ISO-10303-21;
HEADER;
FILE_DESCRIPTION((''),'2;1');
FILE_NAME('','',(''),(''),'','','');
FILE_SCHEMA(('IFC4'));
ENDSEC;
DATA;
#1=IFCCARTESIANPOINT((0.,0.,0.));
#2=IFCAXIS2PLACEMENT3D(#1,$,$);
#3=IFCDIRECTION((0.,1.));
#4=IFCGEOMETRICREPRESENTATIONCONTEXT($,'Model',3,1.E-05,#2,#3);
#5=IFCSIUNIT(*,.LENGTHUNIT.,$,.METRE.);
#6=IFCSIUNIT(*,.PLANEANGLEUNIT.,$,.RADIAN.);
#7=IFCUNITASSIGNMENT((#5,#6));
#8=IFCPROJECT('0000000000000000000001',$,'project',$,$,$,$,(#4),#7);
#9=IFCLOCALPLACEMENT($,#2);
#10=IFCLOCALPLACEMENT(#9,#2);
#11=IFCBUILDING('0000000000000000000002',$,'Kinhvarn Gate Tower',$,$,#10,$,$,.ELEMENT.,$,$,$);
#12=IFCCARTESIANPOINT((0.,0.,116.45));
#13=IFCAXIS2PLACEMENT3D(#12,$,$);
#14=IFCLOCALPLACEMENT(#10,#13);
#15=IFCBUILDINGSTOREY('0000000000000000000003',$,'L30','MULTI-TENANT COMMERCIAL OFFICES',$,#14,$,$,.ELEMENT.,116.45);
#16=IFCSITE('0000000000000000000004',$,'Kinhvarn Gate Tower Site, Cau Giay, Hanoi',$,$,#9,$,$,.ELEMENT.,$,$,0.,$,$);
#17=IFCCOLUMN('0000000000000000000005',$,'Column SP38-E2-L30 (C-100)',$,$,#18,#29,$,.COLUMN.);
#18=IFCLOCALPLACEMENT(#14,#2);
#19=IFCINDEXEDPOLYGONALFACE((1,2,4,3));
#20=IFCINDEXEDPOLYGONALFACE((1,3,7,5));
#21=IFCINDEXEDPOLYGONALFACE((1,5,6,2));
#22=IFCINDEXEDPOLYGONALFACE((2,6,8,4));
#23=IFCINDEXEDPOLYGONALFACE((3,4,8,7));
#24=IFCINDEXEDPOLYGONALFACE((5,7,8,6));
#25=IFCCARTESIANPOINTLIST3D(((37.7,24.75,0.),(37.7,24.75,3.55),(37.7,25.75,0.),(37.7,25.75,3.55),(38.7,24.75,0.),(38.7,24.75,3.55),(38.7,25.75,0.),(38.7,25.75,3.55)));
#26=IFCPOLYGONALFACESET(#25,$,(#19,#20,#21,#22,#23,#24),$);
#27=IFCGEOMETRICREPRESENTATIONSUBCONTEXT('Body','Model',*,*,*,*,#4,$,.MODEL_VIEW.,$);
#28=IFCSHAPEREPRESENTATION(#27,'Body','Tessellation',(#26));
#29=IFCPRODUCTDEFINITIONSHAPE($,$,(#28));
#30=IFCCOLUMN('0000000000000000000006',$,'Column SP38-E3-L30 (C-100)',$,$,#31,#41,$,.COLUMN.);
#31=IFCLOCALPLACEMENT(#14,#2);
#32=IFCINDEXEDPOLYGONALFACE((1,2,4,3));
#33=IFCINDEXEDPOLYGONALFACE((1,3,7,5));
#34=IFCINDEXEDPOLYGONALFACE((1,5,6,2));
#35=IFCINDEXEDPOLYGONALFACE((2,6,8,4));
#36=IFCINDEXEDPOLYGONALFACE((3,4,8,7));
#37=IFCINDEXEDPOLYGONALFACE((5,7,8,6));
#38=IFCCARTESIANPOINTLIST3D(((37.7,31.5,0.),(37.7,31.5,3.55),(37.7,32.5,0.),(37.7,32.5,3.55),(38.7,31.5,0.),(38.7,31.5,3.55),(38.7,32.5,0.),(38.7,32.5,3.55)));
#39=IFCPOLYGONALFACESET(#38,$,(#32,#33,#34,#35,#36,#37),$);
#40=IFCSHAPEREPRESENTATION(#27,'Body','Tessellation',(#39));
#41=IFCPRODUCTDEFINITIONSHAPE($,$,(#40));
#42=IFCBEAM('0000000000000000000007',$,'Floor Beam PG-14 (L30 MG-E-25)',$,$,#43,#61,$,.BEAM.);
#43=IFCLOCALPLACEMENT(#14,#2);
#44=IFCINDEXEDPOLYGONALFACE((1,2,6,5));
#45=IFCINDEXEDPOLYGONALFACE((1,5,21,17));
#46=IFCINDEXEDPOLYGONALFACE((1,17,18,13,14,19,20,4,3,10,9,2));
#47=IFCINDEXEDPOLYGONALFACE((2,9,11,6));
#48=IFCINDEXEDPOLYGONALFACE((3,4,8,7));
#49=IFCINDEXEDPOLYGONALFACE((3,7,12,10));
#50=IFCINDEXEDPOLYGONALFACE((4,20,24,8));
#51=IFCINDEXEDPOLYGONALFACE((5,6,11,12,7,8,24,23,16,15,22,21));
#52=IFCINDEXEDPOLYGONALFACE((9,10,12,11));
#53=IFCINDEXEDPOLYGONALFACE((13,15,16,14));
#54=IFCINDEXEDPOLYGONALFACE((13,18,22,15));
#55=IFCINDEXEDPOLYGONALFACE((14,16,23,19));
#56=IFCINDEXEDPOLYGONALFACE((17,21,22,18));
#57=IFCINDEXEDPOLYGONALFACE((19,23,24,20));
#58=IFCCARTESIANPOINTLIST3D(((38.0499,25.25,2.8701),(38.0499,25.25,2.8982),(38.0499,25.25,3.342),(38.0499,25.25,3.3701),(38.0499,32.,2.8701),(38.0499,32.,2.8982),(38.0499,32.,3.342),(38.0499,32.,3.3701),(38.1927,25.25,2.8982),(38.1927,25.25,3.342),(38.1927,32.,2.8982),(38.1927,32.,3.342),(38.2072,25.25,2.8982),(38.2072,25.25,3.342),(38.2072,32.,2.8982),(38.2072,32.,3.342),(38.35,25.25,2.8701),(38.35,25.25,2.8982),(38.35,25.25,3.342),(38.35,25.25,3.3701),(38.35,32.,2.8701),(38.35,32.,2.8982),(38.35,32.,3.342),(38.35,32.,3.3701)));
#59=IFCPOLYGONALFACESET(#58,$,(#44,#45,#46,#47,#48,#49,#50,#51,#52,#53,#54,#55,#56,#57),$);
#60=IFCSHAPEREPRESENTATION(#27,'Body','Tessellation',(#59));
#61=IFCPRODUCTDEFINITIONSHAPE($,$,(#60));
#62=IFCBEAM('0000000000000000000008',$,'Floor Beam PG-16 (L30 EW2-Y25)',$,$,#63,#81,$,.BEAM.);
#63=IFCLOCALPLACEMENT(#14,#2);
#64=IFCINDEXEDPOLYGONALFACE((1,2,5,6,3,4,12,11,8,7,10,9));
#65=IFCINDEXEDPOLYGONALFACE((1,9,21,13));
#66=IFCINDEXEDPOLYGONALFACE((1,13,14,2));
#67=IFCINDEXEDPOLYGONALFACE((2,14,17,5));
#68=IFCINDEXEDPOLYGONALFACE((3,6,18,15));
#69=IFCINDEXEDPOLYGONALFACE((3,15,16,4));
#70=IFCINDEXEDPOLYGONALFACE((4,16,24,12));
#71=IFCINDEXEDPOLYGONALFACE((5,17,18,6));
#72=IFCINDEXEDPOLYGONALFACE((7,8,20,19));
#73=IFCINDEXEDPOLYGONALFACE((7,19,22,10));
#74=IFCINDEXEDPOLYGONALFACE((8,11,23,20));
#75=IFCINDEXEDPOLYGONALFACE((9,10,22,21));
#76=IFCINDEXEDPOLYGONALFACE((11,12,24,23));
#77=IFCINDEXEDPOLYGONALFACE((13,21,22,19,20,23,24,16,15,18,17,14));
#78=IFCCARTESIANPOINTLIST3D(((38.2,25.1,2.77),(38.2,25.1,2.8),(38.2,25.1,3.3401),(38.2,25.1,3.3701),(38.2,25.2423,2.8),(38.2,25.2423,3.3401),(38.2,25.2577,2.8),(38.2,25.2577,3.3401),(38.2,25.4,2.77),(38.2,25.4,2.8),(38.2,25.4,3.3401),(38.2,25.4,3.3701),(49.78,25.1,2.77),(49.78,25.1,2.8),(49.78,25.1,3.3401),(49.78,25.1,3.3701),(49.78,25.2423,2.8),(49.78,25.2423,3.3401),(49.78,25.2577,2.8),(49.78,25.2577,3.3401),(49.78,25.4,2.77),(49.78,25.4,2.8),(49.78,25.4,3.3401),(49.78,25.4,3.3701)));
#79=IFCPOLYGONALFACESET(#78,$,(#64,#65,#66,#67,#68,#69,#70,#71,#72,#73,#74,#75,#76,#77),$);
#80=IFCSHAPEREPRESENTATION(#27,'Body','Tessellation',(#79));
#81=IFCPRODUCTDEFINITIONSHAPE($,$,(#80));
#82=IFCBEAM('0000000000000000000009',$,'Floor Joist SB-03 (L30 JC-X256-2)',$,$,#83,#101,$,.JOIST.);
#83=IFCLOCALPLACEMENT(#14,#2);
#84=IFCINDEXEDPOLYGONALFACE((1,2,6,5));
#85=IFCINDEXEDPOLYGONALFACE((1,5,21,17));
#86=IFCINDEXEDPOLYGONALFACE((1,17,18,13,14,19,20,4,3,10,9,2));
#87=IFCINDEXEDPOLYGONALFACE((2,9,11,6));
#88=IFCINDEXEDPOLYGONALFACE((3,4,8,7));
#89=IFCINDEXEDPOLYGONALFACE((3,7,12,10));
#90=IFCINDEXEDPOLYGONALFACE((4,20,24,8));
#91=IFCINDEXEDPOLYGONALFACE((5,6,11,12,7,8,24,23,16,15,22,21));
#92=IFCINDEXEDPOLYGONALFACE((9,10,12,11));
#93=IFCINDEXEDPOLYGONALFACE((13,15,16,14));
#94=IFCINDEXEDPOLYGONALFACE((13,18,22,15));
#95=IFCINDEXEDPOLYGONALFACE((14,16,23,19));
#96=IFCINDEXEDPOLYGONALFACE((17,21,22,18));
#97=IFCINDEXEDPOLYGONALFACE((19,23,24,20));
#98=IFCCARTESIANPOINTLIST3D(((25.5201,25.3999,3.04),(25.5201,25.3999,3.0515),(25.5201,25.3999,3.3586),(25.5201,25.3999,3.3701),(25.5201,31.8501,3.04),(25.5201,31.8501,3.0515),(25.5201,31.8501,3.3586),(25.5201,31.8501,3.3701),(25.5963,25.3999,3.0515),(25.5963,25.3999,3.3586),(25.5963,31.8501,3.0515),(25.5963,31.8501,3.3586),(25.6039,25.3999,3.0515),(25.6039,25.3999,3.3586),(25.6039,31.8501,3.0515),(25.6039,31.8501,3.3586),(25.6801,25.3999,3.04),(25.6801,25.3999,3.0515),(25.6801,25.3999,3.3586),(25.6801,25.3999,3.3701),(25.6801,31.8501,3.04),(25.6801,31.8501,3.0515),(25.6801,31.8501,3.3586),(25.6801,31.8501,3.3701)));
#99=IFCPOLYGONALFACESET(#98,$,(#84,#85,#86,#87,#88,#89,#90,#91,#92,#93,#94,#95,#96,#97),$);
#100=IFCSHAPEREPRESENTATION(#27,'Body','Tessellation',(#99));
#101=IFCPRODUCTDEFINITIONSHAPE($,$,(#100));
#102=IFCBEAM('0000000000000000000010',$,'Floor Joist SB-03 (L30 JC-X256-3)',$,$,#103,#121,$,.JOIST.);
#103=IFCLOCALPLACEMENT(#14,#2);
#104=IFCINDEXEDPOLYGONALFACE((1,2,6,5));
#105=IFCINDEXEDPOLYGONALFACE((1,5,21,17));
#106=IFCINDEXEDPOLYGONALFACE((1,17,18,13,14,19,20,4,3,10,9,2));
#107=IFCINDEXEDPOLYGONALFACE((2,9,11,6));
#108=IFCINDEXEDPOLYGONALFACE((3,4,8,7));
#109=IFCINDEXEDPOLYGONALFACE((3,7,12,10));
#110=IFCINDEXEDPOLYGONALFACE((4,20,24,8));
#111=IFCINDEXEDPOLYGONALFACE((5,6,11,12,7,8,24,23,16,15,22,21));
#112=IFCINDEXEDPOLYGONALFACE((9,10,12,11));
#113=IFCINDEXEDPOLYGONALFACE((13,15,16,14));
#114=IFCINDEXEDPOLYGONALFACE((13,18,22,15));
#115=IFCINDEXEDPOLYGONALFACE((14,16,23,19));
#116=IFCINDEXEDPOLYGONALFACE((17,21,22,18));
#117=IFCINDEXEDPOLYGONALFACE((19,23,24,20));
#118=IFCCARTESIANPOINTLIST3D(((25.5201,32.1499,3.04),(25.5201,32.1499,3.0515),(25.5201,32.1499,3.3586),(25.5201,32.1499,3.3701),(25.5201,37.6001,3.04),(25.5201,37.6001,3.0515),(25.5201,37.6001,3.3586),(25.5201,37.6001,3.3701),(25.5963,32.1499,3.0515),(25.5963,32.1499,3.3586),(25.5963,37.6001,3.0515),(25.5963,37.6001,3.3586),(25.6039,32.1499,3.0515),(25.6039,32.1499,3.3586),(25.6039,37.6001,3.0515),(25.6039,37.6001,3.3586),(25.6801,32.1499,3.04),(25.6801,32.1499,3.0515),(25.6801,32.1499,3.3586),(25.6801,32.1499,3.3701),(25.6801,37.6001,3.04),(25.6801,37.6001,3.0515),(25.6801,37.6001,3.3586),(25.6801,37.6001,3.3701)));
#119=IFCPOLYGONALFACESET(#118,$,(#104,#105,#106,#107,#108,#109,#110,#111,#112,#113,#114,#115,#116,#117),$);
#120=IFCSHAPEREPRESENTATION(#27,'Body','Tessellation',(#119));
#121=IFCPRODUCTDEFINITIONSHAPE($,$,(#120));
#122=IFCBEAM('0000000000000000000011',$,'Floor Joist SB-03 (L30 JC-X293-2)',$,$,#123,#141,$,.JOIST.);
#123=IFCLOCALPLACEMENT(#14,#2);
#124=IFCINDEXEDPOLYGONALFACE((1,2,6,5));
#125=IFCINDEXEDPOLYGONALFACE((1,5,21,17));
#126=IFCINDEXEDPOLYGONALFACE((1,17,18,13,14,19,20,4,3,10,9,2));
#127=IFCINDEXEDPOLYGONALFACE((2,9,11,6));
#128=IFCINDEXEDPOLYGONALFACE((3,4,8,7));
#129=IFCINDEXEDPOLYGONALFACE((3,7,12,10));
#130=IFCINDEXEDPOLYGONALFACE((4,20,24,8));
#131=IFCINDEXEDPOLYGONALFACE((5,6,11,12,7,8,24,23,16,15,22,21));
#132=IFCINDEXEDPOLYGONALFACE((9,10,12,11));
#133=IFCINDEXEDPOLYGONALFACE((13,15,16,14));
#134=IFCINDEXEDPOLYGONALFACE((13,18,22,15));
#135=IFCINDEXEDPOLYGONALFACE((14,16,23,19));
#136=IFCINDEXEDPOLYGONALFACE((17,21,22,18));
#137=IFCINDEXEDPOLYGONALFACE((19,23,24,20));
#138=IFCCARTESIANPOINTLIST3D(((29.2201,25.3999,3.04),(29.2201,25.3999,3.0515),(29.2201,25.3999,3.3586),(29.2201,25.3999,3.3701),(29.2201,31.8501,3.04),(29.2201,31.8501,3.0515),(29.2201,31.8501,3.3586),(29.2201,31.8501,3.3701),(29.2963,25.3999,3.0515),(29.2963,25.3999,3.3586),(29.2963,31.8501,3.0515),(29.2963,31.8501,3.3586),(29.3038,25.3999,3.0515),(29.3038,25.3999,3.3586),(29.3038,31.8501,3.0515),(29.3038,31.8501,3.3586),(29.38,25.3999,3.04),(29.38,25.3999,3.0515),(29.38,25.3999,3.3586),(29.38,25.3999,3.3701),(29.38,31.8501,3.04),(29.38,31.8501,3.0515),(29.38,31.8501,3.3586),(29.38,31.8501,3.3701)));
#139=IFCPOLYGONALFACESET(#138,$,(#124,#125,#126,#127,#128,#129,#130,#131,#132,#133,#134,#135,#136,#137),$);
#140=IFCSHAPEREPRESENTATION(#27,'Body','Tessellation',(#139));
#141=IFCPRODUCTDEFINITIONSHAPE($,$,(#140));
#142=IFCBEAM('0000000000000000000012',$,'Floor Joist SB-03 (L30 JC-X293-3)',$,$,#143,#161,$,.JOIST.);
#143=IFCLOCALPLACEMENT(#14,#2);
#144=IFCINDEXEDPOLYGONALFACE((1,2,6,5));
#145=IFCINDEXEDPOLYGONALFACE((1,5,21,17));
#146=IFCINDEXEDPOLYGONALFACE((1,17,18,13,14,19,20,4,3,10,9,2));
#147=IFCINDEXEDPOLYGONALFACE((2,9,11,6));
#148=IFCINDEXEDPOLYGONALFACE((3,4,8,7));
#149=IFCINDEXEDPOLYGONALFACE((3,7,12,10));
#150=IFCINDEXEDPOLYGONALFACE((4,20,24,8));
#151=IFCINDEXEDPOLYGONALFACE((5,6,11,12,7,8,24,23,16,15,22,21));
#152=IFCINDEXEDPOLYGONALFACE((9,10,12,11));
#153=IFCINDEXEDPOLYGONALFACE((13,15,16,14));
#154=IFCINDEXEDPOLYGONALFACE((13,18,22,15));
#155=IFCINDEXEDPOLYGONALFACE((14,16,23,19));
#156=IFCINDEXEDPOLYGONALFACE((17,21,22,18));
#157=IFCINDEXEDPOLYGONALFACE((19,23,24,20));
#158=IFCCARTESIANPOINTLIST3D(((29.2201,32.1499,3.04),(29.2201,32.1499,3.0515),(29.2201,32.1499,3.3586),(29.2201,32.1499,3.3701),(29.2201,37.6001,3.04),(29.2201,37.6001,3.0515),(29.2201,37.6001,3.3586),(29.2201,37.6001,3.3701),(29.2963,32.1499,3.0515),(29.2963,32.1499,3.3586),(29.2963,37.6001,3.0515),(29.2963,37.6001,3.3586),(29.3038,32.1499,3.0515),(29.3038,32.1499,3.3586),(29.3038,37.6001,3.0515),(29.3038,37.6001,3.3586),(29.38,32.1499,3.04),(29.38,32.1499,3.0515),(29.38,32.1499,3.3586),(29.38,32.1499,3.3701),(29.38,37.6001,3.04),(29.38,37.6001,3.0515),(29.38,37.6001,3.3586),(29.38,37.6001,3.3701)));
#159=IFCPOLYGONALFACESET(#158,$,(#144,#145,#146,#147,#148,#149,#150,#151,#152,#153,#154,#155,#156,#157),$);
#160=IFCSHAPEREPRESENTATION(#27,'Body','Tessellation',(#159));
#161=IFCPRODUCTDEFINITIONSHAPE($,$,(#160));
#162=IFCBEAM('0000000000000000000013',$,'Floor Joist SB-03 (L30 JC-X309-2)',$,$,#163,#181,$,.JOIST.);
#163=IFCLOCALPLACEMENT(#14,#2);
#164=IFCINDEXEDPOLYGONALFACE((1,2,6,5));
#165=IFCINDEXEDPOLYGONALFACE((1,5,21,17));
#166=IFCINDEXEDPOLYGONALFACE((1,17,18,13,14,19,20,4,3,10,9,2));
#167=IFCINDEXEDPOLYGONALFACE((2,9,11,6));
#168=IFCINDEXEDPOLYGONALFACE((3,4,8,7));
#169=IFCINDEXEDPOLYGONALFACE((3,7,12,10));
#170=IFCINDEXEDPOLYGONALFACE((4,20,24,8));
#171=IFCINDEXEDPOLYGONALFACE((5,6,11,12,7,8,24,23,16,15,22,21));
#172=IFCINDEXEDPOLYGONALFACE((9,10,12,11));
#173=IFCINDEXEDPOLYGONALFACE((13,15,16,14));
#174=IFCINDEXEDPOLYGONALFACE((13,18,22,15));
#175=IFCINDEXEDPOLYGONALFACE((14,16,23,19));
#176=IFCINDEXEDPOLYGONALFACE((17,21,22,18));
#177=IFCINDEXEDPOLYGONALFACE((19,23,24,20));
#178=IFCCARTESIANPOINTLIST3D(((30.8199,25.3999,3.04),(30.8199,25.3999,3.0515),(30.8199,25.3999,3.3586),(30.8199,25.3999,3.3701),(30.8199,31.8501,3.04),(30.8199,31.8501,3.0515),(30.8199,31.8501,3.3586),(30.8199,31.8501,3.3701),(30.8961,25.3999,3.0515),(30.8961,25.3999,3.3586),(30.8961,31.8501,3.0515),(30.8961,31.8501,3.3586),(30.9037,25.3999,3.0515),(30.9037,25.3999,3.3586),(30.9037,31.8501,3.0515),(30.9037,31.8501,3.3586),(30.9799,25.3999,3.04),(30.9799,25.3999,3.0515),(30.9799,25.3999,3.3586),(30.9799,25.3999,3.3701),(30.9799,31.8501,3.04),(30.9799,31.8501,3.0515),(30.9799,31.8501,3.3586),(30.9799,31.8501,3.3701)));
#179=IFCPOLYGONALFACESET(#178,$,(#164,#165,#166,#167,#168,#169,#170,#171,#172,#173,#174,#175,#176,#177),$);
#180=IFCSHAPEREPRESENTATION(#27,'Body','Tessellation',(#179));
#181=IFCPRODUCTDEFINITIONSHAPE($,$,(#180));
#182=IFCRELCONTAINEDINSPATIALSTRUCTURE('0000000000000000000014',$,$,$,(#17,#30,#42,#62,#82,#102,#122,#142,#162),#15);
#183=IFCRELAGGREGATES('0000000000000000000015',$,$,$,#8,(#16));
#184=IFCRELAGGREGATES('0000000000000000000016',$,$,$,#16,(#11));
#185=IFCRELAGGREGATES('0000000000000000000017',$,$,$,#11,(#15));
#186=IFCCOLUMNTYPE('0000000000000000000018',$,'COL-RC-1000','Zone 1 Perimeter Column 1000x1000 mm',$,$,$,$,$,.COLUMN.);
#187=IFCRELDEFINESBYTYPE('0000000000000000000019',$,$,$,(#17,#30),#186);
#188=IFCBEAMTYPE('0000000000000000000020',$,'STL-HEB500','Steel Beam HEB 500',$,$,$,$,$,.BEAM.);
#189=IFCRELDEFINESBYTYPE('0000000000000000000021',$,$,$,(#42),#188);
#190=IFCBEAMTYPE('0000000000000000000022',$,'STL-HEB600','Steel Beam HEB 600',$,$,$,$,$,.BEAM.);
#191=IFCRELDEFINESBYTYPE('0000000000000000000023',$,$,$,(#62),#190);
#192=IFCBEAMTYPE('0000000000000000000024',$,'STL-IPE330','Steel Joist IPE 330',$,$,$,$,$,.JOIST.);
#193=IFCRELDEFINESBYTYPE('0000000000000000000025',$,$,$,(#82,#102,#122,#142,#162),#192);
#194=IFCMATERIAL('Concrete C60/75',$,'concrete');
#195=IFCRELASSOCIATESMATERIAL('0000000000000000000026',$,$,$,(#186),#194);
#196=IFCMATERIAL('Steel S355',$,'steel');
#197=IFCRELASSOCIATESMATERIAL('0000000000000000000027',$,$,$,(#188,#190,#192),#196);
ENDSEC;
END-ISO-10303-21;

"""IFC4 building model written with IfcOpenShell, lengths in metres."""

from ifc_helpers import new_model, si_unit, direction, frame, origin, origin_2d, place, context, subcontext, project, spatial, rectangle, i_section, extrude, material, material_profile, profile_set, type_object, element, save


model = new_model("IFC4")

# Units and contexts
model_context = context("Model", 3, precision=1e-05, world=origin(), true_north=direction((0.0, 1.0)))
body_context = subcontext(model_context, "Body", "Model", "MODEL_VIEW")
ifc_project = project(units=[si_unit("LENGTHUNIT", "METRE"), si_unit("PLANEANGLEUNIT", "RADIAN")], contexts=[model_context])

# Site, building, storey
site_placement = place(None, origin())
site = spatial("IfcSite", under=ifc_project, at=site_placement, Name="Kinhvarn Gate Tower Site, Cau Giay, Hanoi", CompositionType="ELEMENT", RefElevation=0.0)
building_placement = place(site_placement, origin())
building = spatial("IfcBuilding", under=site, at=building_placement, Name="Kinhvarn Gate Tower", CompositionType="ELEMENT")
storey_placement = place(building_placement, frame((0.0, 0.0, 116.45)))
storey = spatial("IfcBuildingStorey", under=building, at=storey_placement, Name="L30", Description="MULTI-TENANT COMMERCIAL OFFICES", CompositionType="ELEMENT", Elevation=116.45)

# Columns
ifc_material_1 = material(Name="Concrete C60/75", Category="concrete")
ifc_material_profile_1 = material_profile(ifc_material_1, rectangle(XDim=1.0, YDim=1.0, at=origin_2d()), Name="RC 1000x1000")
ifc_profile_set_1 = profile_set([ifc_material_profile_1], Name="Concrete C60/75")
column_type = type_object("IfcColumnType", Name="COL-RC-1000", Description="Zone 1 Perimeter Column 1000x1000 mm", PredefinedType="COLUMN", material=ifc_profile_set_1)
for number, where, z_axis, x_axis, name in (
    (1, (38.2, 25.25, 0.0), (0.0, 0.0, 1.0), (1.0, 0.0, 0.0), "Column SP38-E2-L30 (C-100)"),
    (2, (38.2, 32.0, 0.0), (0.0, 0.0, 1.0), (1.0, 0.0, 0.0), "Column SP38-E3-L30 (C-100)"),
):
    element("IfcColumn", number, at=place(storey_placement, frame(where, z_axis=z_axis, x_axis=x_axis)), inside=storey, type_object=column_type, Name=name, PredefinedType="COLUMN", context=body_context, shape_type="SweptSolid", body=[
        extrude(rectangle(XDim=1.0, YDim=1.0, at=origin_2d()), origin(), (0.0, 0.0, 1.0), 3.55),
    ])

# Beams
ifc_material_2 = material(Name="Steel S355", Category="steel")
ifc_material_profile_2 = material_profile(ifc_material_2, i_section(OverallWidth=0.3, OverallDepth=0.5, WebThickness=0.0144, FlangeThickness=0.0281, at=origin_2d()), Name="HEB 500")
ifc_profile_set_2 = profile_set([ifc_material_profile_2], Name="Steel S355")
beam_type_1 = type_object("IfcBeamType", Name="STL-HEB500", Description="Steel Beam HEB 500", PredefinedType="BEAM", material=ifc_profile_set_2)
beam_1_placement = place(storey_placement, frame((38.2, 25.25, 3.1201), z_axis=(0.0, 1.0, 0.0), x_axis=(-1.0, 0.0, 0.0)))
element("IfcBeam", 3, at=beam_1_placement, inside=storey, type_object=beam_type_1, Name="Floor Beam PG-14 (L30 MG-E-25)", PredefinedType="BEAM", context=body_context, shape_type="SweptSolid", body=[
    extrude(i_section(OverallWidth=0.3, OverallDepth=0.5, WebThickness=0.0144, FlangeThickness=0.0281, at=origin_2d()), origin(), (0.0, 0.0, 1.0), 6.75),
])
ifc_material_profile_3 = material_profile(ifc_material_2, i_section(OverallWidth=0.3, OverallDepth=0.6001, WebThickness=0.0154, FlangeThickness=0.03, at=origin_2d()), Name="HEB 600")
ifc_profile_set_3 = profile_set([ifc_material_profile_3], Name="Steel S355")
beam_type_2 = type_object("IfcBeamType", Name="STL-HEB600", Description="Steel Beam HEB 600", PredefinedType="BEAM", material=ifc_profile_set_3)
beam_2_placement = place(storey_placement, frame((38.2, 25.25, 3.0701), z_axis=(1.0, 0.0, 0.0), x_axis=(0.0, 1.0, 0.0)))
element("IfcBeam", 4, at=beam_2_placement, inside=storey, type_object=beam_type_2, Name="Floor Beam PG-16 (L30 EW2-Y25)", PredefinedType="BEAM", context=body_context, shape_type="SweptSolid", body=[
    extrude(i_section(OverallWidth=0.3, OverallDepth=0.6001, WebThickness=0.0154, FlangeThickness=0.03, at=origin_2d()), origin(), (0.0, 0.0, 1.0), 11.5801),
])
ifc_material_profile_4 = material_profile(ifc_material_2, i_section(OverallWidth=0.1599, OverallDepth=0.3301, WebThickness=0.0076, FlangeThickness=0.0115, at=origin_2d()), Name="IPE 330")
ifc_profile_set_4 = profile_set([ifc_material_profile_4], Name="Steel S355")
beam_type_3 = type_object("IfcBeamType", Name="STL-IPE330", Description="Steel Joist IPE 330", PredefinedType="JOIST", material=ifc_profile_set_4)
beam_3_placement = place(storey_placement, frame((25.6001, 25.3999, 3.2051), z_axis=(0.0, 1.0, 0.0), x_axis=(-1.0, 0.0, 0.0)))
element("IfcBeam", 5, at=beam_3_placement, inside=storey, type_object=beam_type_3, Name="Floor Joist SB-03 (L30 JC-X256-2)", PredefinedType="JOIST", context=body_context, shape_type="SweptSolid", body=[
    extrude(i_section(OverallWidth=0.1599, OverallDepth=0.3301, WebThickness=0.0076, FlangeThickness=0.0115, at=origin_2d()), origin(), (0.0, 0.0, 1.0), 6.4502),
])
beam_4_placement = place(storey_placement, frame((25.6001, 32.1499, 3.2051), z_axis=(0.0, 1.0, 0.0), x_axis=(-1.0, 0.0, 0.0)))
element("IfcBeam", 6, at=beam_4_placement, inside=storey, type_object=beam_type_3, Name="Floor Joist SB-03 (L30 JC-X256-3)", PredefinedType="JOIST", context=body_context, shape_type="SweptSolid", body=[
    extrude(i_section(OverallWidth=0.1599, OverallDepth=0.3301, WebThickness=0.0076, FlangeThickness=0.0115, at=origin_2d()), origin(), (0.0, 0.0, 1.0), 5.4502),
])
beam_5_placement = place(storey_placement, frame((29.3, 25.3999, 3.2051), z_axis=(0.0, 1.0, 0.0), x_axis=(-1.0, 0.0, 0.0)))
element("IfcBeam", 7, at=beam_5_placement, inside=storey, type_object=beam_type_3, Name="Floor Joist SB-03 (L30 JC-X293-2)", PredefinedType="JOIST", context=body_context, shape_type="SweptSolid", body=[
    extrude(i_section(OverallWidth=0.1599, OverallDepth=0.3301, WebThickness=0.0076, FlangeThickness=0.0115, at=origin_2d()), origin(), (0.0, 0.0, 1.0), 6.4502),
])
beam_6_placement = place(storey_placement, frame((29.3, 32.1499, 3.2051), z_axis=(0.0, 1.0, 0.0), x_axis=(-1.0, 0.0, 0.0)))
element("IfcBeam", 8, at=beam_6_placement, inside=storey, type_object=beam_type_3, Name="Floor Joist SB-03 (L30 JC-X293-3)", PredefinedType="JOIST", context=body_context, shape_type="SweptSolid", body=[
    extrude(i_section(OverallWidth=0.1599, OverallDepth=0.3301, WebThickness=0.0076, FlangeThickness=0.0115, at=origin_2d()), origin(), (0.0, 0.0, 1.0), 5.4502),
])
beam_7_placement = place(storey_placement, frame((30.8999, 25.3999, 3.2051), z_axis=(0.0, 1.0, 0.0), x_axis=(-1.0, 0.0, 0.0)))
element("IfcBeam", 9, at=beam_7_placement, inside=storey, type_object=beam_type_3, Name="Floor Joist SB-03 (L30 JC-X309-2)", PredefinedType="JOIST", context=body_context, shape_type="SweptSolid", body=[
    extrude(i_section(OverallWidth=0.1599, OverallDepth=0.3301, WebThickness=0.0076, FlangeThickness=0.0115, at=origin_2d()), origin(), (0.0, 0.0, 1.0), 6.4502),
])

save(model, "model.ifc")
